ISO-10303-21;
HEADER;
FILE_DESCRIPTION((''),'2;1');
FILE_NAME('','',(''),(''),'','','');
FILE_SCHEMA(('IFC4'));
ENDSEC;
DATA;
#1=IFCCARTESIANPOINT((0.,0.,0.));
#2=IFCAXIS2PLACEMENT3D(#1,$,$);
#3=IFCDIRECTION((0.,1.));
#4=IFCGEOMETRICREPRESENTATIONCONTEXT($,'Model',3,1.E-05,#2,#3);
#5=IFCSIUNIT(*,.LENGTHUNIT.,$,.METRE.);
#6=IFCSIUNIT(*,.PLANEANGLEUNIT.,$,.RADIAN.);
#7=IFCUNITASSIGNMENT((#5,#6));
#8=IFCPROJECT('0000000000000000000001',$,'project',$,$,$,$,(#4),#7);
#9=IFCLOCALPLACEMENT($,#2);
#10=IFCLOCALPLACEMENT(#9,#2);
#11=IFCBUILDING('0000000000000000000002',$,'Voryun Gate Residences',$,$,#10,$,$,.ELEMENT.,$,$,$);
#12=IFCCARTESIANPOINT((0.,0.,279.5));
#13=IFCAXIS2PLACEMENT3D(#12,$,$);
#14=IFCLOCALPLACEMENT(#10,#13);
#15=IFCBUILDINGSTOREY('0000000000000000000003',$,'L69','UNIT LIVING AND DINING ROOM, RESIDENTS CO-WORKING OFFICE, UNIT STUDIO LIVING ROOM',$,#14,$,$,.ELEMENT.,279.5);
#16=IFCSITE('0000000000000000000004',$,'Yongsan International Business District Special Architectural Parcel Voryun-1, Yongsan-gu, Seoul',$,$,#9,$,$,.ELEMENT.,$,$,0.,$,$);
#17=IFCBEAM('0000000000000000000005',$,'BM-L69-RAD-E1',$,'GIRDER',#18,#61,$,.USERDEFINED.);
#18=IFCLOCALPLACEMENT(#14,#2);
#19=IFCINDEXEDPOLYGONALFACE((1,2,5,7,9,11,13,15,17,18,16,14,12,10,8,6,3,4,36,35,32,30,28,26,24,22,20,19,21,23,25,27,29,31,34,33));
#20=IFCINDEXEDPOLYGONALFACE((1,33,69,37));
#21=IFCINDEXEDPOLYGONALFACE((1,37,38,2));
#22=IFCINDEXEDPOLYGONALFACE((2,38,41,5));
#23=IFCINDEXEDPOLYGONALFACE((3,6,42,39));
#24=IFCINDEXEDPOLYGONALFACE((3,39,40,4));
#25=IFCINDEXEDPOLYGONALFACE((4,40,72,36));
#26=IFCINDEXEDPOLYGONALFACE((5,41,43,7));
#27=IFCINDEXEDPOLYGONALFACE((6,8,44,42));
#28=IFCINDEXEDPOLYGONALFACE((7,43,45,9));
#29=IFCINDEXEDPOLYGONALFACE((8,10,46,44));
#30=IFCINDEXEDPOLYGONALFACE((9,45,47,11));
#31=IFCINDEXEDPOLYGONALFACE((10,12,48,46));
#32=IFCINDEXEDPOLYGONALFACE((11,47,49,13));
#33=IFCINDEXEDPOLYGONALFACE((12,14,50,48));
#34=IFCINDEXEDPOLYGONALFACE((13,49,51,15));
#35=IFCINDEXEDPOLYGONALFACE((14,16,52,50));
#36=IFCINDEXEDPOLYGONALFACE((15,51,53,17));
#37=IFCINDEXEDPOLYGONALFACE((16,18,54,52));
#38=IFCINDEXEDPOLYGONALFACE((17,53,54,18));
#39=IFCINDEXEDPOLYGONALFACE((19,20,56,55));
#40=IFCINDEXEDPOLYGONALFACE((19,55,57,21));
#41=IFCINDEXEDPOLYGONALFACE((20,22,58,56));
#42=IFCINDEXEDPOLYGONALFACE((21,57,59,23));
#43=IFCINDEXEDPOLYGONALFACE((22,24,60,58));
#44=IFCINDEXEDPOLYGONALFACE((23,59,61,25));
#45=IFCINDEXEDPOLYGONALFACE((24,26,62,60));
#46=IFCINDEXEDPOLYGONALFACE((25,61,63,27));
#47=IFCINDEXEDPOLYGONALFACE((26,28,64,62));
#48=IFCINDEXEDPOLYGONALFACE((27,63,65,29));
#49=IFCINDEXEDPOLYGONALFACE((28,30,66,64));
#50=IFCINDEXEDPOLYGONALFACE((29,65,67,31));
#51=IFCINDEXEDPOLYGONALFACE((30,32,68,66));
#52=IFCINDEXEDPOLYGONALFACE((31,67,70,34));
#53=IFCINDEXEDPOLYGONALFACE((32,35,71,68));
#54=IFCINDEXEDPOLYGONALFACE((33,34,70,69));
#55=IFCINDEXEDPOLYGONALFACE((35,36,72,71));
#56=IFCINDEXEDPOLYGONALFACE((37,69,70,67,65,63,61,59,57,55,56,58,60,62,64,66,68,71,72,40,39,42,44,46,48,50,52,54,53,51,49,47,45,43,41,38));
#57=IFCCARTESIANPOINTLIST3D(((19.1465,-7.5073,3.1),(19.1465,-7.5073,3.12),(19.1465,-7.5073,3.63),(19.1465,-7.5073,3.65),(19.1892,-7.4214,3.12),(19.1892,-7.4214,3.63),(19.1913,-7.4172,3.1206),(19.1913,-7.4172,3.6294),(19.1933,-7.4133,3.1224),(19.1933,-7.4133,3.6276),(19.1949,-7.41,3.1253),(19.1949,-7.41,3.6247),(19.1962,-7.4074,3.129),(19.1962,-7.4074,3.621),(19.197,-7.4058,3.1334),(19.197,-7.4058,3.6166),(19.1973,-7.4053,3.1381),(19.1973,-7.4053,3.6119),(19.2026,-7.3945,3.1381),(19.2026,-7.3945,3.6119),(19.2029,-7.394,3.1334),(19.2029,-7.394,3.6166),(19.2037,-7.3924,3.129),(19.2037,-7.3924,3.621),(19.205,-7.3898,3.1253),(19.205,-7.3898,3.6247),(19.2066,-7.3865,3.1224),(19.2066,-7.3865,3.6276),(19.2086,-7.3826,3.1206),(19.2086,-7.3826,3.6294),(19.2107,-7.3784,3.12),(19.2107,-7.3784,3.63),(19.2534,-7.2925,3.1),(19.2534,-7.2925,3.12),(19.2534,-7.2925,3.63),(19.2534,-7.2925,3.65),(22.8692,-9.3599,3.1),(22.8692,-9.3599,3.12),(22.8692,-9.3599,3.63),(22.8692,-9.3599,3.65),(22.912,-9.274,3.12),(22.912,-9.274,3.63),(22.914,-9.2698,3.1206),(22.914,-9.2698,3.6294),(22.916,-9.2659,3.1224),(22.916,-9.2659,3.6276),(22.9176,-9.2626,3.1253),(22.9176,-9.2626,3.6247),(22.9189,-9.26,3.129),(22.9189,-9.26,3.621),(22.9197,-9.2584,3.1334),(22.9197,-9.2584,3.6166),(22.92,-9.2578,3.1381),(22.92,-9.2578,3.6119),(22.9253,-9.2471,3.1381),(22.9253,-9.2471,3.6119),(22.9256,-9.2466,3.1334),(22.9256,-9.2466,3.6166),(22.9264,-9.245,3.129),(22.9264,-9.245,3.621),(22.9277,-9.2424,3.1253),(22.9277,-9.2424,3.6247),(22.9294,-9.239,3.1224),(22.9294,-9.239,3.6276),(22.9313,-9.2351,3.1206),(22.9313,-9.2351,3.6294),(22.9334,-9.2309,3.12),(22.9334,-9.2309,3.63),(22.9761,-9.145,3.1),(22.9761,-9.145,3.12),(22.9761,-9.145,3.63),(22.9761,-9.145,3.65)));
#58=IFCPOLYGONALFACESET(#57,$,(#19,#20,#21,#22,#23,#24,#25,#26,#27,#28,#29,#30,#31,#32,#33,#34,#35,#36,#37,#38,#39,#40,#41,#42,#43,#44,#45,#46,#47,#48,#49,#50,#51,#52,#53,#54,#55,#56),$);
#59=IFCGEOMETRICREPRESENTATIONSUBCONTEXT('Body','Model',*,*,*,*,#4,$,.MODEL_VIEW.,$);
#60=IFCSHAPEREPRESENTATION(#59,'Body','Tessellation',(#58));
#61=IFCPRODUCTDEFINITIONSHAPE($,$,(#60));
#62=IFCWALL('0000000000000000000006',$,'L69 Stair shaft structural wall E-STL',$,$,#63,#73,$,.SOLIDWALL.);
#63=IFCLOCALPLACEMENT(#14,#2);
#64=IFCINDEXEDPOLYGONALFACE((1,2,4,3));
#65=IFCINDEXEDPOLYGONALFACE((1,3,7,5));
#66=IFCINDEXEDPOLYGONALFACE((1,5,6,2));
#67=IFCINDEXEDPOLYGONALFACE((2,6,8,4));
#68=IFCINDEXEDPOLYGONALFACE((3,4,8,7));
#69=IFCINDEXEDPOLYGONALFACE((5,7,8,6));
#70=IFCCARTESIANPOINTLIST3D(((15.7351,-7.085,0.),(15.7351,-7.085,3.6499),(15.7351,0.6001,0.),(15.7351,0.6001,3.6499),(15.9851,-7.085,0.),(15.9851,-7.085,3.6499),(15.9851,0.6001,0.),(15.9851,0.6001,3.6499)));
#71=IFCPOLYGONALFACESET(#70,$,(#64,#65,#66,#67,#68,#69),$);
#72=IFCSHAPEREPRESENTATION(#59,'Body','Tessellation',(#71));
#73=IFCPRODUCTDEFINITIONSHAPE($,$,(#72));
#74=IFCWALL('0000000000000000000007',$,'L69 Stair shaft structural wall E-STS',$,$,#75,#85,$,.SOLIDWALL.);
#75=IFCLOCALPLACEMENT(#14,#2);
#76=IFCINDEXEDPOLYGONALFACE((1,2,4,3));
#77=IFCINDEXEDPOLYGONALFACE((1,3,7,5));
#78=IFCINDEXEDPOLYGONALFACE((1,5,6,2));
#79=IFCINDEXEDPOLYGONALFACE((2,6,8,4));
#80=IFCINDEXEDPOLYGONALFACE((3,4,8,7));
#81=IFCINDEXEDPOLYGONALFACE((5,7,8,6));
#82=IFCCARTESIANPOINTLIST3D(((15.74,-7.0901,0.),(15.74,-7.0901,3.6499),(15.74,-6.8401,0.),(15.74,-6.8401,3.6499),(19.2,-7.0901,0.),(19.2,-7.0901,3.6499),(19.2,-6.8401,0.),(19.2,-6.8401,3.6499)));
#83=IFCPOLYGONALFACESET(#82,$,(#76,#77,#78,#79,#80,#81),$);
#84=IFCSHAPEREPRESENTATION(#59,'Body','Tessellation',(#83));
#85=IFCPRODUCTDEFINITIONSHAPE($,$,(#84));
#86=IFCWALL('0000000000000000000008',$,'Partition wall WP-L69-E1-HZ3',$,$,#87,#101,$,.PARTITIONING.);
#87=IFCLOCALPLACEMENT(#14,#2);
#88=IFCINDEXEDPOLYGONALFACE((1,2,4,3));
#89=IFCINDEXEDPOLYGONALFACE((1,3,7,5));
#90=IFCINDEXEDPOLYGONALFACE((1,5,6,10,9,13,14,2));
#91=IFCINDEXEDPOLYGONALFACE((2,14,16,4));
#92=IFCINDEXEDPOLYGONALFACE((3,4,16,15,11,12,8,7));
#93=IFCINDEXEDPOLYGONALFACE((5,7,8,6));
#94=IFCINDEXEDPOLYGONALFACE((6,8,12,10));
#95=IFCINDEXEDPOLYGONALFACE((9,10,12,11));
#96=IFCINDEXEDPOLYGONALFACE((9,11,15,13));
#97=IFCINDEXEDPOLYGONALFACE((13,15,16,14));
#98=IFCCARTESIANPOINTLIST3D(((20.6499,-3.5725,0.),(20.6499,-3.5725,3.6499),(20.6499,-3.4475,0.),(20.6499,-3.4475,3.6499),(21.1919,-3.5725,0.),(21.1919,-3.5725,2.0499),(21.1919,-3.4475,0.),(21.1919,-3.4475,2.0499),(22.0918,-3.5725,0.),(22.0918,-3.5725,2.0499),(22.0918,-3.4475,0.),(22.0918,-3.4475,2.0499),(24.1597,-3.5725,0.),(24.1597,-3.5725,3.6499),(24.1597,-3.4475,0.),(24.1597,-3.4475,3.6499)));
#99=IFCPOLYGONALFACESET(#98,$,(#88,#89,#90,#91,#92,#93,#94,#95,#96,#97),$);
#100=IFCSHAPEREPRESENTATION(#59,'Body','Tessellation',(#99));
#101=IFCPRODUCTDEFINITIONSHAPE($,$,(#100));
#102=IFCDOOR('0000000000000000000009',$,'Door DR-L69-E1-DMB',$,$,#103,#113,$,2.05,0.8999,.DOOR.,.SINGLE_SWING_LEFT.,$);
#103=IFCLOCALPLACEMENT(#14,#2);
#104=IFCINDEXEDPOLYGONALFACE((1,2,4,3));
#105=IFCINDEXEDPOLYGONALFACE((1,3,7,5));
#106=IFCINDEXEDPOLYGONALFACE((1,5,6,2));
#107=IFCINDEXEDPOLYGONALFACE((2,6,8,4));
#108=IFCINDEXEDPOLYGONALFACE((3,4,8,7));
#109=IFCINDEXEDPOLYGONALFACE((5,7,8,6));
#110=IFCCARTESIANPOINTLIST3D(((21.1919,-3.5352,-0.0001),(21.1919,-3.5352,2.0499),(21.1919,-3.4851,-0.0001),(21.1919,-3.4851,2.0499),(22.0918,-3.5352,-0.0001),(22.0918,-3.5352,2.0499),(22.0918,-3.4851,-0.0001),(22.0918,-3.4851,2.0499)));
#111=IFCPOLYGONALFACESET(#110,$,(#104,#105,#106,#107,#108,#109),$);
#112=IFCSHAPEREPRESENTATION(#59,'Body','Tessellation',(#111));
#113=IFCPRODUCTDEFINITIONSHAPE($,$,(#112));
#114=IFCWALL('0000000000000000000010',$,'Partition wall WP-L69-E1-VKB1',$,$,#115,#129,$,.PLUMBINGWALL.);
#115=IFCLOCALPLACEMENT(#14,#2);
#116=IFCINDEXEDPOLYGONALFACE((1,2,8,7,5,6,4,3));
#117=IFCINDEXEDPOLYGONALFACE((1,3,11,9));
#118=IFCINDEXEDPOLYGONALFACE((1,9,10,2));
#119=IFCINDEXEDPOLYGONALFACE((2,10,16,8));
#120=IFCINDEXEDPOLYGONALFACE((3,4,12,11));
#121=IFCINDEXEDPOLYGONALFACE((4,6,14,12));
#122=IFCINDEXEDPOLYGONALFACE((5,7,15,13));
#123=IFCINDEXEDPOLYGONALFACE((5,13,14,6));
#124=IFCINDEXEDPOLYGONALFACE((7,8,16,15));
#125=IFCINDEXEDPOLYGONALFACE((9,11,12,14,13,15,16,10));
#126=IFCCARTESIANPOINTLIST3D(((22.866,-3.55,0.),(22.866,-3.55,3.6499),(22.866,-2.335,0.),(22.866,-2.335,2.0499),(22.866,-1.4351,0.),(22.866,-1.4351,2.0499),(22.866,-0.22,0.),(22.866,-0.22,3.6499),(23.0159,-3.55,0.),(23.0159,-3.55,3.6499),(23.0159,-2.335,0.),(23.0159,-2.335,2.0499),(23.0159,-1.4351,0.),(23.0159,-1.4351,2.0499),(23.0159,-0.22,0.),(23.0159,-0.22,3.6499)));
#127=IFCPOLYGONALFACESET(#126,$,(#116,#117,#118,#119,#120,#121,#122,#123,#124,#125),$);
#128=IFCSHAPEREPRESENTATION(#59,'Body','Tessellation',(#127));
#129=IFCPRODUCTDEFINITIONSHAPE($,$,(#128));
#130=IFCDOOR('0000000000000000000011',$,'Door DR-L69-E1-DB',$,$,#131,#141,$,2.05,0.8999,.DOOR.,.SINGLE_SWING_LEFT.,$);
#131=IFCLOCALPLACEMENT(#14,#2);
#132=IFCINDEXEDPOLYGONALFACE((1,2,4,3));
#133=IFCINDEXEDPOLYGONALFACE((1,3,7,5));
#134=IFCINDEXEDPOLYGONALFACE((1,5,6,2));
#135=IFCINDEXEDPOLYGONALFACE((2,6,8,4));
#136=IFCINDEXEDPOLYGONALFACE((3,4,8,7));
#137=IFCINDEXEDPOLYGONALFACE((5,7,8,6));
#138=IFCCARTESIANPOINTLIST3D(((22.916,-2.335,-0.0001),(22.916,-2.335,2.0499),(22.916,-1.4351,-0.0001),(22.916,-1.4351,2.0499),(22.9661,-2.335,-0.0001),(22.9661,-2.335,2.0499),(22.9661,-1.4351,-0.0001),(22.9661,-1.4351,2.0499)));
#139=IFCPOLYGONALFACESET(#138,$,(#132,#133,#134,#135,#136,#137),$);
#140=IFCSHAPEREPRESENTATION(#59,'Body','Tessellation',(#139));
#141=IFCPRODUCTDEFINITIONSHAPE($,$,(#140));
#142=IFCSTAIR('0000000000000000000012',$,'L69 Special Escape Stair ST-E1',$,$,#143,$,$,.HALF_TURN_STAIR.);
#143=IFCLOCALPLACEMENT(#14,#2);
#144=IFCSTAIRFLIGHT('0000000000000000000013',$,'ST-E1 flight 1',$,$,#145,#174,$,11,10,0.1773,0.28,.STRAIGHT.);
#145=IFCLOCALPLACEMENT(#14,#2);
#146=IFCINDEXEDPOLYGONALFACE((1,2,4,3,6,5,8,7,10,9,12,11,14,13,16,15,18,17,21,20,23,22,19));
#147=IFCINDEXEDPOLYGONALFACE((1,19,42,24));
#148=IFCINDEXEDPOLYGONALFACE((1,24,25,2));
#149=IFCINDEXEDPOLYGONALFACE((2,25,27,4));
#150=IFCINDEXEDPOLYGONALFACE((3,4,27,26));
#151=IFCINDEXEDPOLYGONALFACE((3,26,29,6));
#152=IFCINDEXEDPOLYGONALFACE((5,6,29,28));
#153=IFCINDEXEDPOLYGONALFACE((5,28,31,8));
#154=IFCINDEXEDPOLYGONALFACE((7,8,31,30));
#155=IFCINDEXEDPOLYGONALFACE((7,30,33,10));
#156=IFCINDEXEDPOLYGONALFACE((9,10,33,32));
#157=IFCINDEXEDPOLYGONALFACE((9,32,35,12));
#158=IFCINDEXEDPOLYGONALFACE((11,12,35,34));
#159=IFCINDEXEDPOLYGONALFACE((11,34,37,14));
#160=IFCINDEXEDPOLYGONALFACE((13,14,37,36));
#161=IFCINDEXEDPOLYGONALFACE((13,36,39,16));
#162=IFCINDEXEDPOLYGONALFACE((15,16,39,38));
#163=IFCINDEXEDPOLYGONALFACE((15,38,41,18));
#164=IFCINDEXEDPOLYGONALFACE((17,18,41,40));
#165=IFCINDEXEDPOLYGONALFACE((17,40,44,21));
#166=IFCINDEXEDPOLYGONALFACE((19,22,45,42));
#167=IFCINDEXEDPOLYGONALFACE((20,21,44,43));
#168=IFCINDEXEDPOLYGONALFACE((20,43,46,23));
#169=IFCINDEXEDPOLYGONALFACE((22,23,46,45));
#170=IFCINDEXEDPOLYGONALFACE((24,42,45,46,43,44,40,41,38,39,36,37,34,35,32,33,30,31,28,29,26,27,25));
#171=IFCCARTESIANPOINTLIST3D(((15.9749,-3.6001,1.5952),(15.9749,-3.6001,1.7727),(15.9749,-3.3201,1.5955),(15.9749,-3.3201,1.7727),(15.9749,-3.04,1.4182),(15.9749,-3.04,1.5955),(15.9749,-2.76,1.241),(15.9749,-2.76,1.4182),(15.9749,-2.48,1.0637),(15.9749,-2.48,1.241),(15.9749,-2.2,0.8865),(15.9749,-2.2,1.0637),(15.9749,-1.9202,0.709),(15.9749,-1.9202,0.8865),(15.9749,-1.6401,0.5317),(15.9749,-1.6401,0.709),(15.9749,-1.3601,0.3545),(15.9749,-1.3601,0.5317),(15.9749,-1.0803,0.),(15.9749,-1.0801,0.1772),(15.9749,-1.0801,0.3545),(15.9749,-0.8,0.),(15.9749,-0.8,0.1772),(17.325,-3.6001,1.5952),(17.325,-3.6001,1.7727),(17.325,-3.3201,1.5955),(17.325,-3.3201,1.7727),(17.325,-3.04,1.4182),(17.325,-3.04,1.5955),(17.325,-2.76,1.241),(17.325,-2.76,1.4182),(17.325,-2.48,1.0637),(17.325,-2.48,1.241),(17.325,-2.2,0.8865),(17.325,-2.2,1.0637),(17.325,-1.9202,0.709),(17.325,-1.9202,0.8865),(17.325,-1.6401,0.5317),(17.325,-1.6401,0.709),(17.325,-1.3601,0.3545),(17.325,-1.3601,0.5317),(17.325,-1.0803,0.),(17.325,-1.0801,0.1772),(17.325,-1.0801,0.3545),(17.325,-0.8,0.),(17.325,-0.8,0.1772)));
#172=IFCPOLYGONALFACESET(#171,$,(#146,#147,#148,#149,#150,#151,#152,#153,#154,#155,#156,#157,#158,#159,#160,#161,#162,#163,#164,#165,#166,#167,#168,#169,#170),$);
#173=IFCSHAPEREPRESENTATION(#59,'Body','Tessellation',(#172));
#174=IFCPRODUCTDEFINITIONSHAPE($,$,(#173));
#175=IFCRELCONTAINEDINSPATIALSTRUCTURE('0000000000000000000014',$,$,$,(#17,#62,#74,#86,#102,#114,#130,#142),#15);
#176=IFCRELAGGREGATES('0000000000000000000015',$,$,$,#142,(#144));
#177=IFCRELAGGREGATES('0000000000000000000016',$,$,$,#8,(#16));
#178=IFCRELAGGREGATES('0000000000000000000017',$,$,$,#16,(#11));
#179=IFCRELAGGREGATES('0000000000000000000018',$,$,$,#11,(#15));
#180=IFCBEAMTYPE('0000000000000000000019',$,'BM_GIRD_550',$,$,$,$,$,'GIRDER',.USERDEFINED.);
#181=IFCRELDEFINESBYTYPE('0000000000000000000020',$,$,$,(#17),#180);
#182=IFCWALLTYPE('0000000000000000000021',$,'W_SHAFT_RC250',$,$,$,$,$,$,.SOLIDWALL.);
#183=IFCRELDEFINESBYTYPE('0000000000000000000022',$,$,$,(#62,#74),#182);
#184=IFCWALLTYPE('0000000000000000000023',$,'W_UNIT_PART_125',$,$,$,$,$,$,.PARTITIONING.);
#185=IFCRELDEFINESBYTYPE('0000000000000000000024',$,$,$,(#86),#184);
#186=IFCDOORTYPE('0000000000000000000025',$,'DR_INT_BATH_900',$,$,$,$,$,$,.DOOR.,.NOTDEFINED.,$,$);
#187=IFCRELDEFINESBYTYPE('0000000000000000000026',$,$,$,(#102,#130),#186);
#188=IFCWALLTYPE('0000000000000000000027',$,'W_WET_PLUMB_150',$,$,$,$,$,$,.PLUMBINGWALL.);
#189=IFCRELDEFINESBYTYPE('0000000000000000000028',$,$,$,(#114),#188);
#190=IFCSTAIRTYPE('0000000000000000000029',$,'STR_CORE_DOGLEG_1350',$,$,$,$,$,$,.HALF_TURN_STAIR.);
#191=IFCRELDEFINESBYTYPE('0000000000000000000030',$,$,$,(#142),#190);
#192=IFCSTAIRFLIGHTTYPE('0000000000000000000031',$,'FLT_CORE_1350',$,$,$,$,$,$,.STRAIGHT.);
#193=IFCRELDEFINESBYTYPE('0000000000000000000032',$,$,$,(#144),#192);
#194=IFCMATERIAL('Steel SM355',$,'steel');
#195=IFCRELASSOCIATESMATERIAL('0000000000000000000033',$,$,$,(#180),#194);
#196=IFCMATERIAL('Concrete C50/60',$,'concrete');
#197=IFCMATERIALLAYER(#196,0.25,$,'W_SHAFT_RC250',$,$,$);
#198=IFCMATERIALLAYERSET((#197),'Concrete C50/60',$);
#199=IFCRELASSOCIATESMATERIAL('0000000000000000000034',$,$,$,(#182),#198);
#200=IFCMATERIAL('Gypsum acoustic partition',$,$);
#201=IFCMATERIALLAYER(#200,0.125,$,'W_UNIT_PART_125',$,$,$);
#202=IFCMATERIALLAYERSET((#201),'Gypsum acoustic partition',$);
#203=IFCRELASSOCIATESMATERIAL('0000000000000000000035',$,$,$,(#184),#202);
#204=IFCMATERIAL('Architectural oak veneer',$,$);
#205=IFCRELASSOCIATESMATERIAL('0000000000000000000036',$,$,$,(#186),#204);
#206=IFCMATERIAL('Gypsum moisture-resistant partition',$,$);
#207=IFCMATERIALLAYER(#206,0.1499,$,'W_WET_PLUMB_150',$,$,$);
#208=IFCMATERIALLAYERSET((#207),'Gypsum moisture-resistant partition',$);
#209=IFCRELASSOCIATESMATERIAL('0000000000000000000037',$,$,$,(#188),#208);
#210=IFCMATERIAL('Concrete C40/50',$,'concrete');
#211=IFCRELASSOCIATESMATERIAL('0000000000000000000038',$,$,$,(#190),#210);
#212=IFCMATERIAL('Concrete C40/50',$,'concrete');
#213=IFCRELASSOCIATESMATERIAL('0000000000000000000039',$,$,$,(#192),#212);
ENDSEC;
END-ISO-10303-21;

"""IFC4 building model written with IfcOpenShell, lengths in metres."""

from ifc_helpers import new_model, si_unit, direction, frame, frame_2d, origin, origin_2d, place, context, subcontext, project, spatial, polyline, rectangle, i_section, outline, extrude, material, layer, layer_set, material_profile, profile_set, type_object, element, fill, aggregate, save


model = new_model("IFC4")

# Units and contexts
model_context = context("Model", 3, precision=1e-05, world=origin(), true_north=direction((0.0, 1.0)))
body_context = subcontext(model_context, "Body", "Model", "MODEL_VIEW")
ifc_project = project(units=[si_unit("LENGTHUNIT", "METRE"), si_unit("PLANEANGLEUNIT", "RADIAN")], contexts=[model_context])

# Site, building, storey
site_placement = place(None, origin())
site = spatial("IfcSite", under=ifc_project, at=site_placement, Name="Yongsan International Business District Special Architectural Parcel Voryun-1, Yongsan-gu, Seoul", CompositionType="ELEMENT", RefElevation=0.0)
building_placement = place(site_placement, origin())
building = spatial("IfcBuilding", under=site, at=building_placement, Name="Voryun Gate Residences", CompositionType="ELEMENT")
storey_placement = place(building_placement, frame((0.0, 0.0, 279.5)))
storey = spatial("IfcBuildingStorey", under=building, at=storey_placement, Name="L69", Description="UNIT LIVING AND DINING ROOM, RESIDENTS CO-WORKING OFFICE, UNIT STUDIO LIVING ROOM", CompositionType="ELEMENT", Elevation=279.5)

# Beam
ifc_material_1 = material(Name="Steel SM355", Category="steel")
ifc_material_profile = material_profile(ifc_material_1, i_section(OverallWidth=0.24, OverallDepth=0.55, WebThickness=0.012, FlangeThickness=0.02, FilletRadius=0.0181, at=origin_2d()), Name="H-550x240x12x20")
ifc_profile_set = profile_set([ifc_material_profile], Name="Steel SM355")
beam_type = type_object("IfcBeamType", Name="BM_GIRD_550", ElementType="GIRDER", PredefinedType="USERDEFINED", material=ifc_profile_set)
beam_placement = place(storey_placement, frame((19.2, -7.3999, 3.375), z_axis=(0.895271, -0.445522, 0.0), x_axis=(0.445522, 0.895271, 0.0)))
element("IfcBeam", 1, at=beam_placement, inside=storey, type_object=beam_type, Name="BM-L69-RAD-E1", ObjectType="GIRDER", PredefinedType="USERDEFINED", context=body_context, shape_type="SweptSolid", body=[
    extrude(i_section(OverallWidth=0.24, OverallDepth=0.55, WebThickness=0.012, FlangeThickness=0.02, FilletRadius=0.0181, at=origin_2d()), origin(), (0.0, 0.0, 1.0), 4.1582),
])

# Walls
ifc_material_2 = material(Name="Concrete C50/60", Category="concrete")
ifc_layer_1 = layer(ifc_material_2, 0.25, Name="W_SHAFT_RC250")
ifc_layer_set_1 = layer_set([ifc_layer_1], Name="Concrete C50/60")
wall_type_1 = type_object("IfcWallType", Name="W_SHAFT_RC250", PredefinedType="SOLIDWALL", material=ifc_layer_set_1)
wall_1_placement = place(storey_placement, frame((15.8601, -7.085, 0.0), z_axis=(0.0, 0.0, 1.0), x_axis=(0.0, 1.0, 0.0)))
element("IfcWall", 2, at=wall_1_placement, inside=storey, type_object=wall_type_1, Name="L69 Stair shaft structural wall E-STL", PredefinedType="SOLIDWALL", context=body_context, shape_type="SweptSolid", body=[
    extrude(rectangle(XDim=7.6851, YDim=0.25, at=frame_2d((3.8425, 0.0))), origin(), (0.0, 0.0, 1.0), 3.6499),
])
wall_2_placement = place(storey_placement, frame((15.74, -6.9651, 0.0), z_axis=(0.0, 0.0, 1.0), x_axis=(1.0, 0.0, 0.0)))
element("IfcWall", 3, at=wall_2_placement, inside=storey, type_object=wall_type_1, Name="L69 Stair shaft structural wall E-STS", PredefinedType="SOLIDWALL", context=body_context, shape_type="SweptSolid", body=[
    extrude(rectangle(XDim=3.46, YDim=0.25, at=frame_2d((1.73, 0.0))), origin(), (0.0, 0.0, 1.0), 3.6499),
])

# Walls, openings, doors
ifc_material_3 = material(Name="Gypsum acoustic partition")
ifc_layer_2 = layer(ifc_material_3, 0.125, Name="W_UNIT_PART_125")
ifc_layer_set_2 = layer_set([ifc_layer_2], Name="Gypsum acoustic partition")
wall_type_2 = type_object("IfcWallType", Name="W_UNIT_PART_125", PredefinedType="PARTITIONING", material=ifc_layer_set_2)
wall_3_placement = place(storey_placement, frame((20.6499, -3.51, 0.0), z_axis=(0.0, 0.0, 1.0), x_axis=(1.0, 0.0, 0.0)))
wall_3 = element("IfcWall", 4, at=wall_3_placement, inside=storey, type_object=wall_type_2, Name="Partition wall WP-L69-E1-HZ3", PredefinedType="PARTITIONING", context=body_context, shape_type="SweptSolid", body=[
    extrude(rectangle(XDim=3.5098, YDim=0.125, at=frame_2d((1.7549, 0.0))), origin(), (0.0, 0.0, 1.0), 3.6499),
])
opening_1_placement = place(wall_3_placement, frame((0.542, 0.0, 0.0)))
opening_1 = element("IfcOpeningElement", 5, at=opening_1_placement, cuts=wall_3, PredefinedType="OPENING", context=body_context, shape_type="SweptSolid", body=[
    extrude(rectangle(XDim=0.8999, YDim=2.05, at=frame_2d((0.45, 1.0249))), frame((0.0, 0.0725, 0.0), z_axis=(0.0, -1.0, 0.0), x_axis=(1.0, 0.0, 0.0)), (0.0, 0.0, 1.0), 0.145),
])
ifc_material_4 = material(Name="Architectural oak veneer")
door_type = type_object("IfcDoorType", Name="DR_INT_BATH_900", OperationType="NOTDEFINED", PredefinedType="DOOR", material=ifc_material_4)
door_1_placement = place(opening_1_placement, origin())
door_1 = element("IfcDoor", 6, at=door_1_placement, inside=storey, type_object=door_type, Name="Door DR-L69-E1-DMB", OperationType="SINGLE_SWING_LEFT", OverallHeight=2.05, OverallWidth=0.8999, PredefinedType="DOOR", context=body_context, shape_type="SweptSolid", body=[
    extrude(rectangle(XDim=0.8999, YDim=2.05, at=frame_2d((0.45, 1.0249))), frame((0.0, 0.0249, 0.0), z_axis=(0.0, -1.0, 0.0), x_axis=(1.0, 0.0, 0.0)), (0.0, 0.0, 1.0), 0.05),
])
fill(opening_1, door_1)
ifc_material_5 = material(Name="Gypsum moisture-resistant partition")
ifc_layer_3 = layer(ifc_material_5, 0.1499, Name="W_WET_PLUMB_150")
ifc_layer_set_3 = layer_set([ifc_layer_3], Name="Gypsum moisture-resistant partition")
wall_type_3 = type_object("IfcWallType", Name="W_WET_PLUMB_150", PredefinedType="PLUMBINGWALL", material=ifc_layer_set_3)
wall_4_placement = place(storey_placement, frame((22.9409, -3.55, 0.0), z_axis=(0.0, 0.0, 1.0), x_axis=(0.0, 1.0, 0.0)))
wall_4 = element("IfcWall", 7, at=wall_4_placement, inside=storey, type_object=wall_type_3, Name="Partition wall WP-L69-E1-VKB1", PredefinedType="PLUMBINGWALL", context=body_context, shape_type="SweptSolid", body=[
    extrude(rectangle(XDim=3.3301, YDim=0.1499, at=frame_2d((1.665, 0.0))), origin(), (0.0, 0.0, 1.0), 3.6499),
])
opening_2_placement = place(wall_4_placement, frame((1.2151, 0.0, 0.0)))
opening_2 = element("IfcOpeningElement", 8, at=opening_2_placement, cuts=wall_4, PredefinedType="OPENING", context=body_context, shape_type="SweptSolid", body=[
    extrude(rectangle(XDim=0.8999, YDim=2.05, at=frame_2d((0.45, 1.0249))), frame((0.0, 0.085, 0.0), z_axis=(0.0, -1.0, 0.0), x_axis=(1.0, 0.0, 0.0)), (0.0, 0.0, 1.0), 0.1699),
])
door_2_placement = place(opening_2_placement, origin())
door_2 = element("IfcDoor", 9, at=door_2_placement, inside=storey, type_object=door_type, Name="Door DR-L69-E1-DB", OperationType="SINGLE_SWING_LEFT", OverallHeight=2.05, OverallWidth=0.8999, PredefinedType="DOOR", context=body_context, shape_type="SweptSolid", body=[
    extrude(rectangle(XDim=0.8999, YDim=2.05, at=frame_2d((0.45, 1.0249))), frame((0.0, 0.0249, 0.0), z_axis=(0.0, -1.0, 0.0), x_axis=(1.0, 0.0, 0.0)), (0.0, 0.0, 1.0), 0.05),
])
fill(opening_2, door_2)

# Stair, stair flight
ifc_material_6 = material(Name="Concrete C40/50", Category="concrete")
stair_type = type_object("IfcStairType", Name="STR_CORE_DOGLEG_1350", PredefinedType="HALF_TURN_STAIR", material=ifc_material_6)
stair_placement = place(storey_placement, origin())
stair = element("IfcStair", 10, at=stair_placement, inside=storey, type_object=stair_type, Name="L69 Special Escape Stair ST-E1", PredefinedType="HALF_TURN_STAIR")
ifc_material_7 = material(Name="Concrete C40/50", Category="concrete")
stair_flight_type = type_object("IfcStairFlightType", Name="FLT_CORE_1350", PredefinedType="STRAIGHT", material=ifc_material_7)
stair_flight_1_placement = place(storey_placement, frame((16.6499, -0.8, 0.0), z_axis=(0.0, 0.0, 1.0), x_axis=(0.0, -1.0, 0.0)))
stair_flight_1 = element("IfcStairFlight", 11, at=stair_flight_1_placement, type_object=stair_flight_type, Name="ST-E1 flight 1", NumberOfRisers=11, NumberOfTreads=10, PredefinedType="STRAIGHT", RiserHeight=0.1773, TreadLength=0.28, context=body_context, shape_type="SweptSolid", body=[
    extrude(outline(polyline([(0.0, 0.0), (0.0, 0.1772), (0.28, 0.1772), (0.28, 0.3545), (0.5601, 0.3545), (0.5601, 0.5317), (0.8401, 0.5317), (0.8401, 0.709), (1.1201, 0.709), (1.1201, 0.8865), (1.3999, 0.8865), (1.3999, 1.0637), (1.6799, 1.0637), (1.6799, 1.241), (1.96, 1.241), (1.96, 1.4182), (2.24, 1.4182), (2.24, 1.5955), (2.52, 1.5955), (2.52, 1.7727), (2.8, 1.7727), (2.8, 1.95), (2.8, 1.5952), (0.2803, 0.0), (0.0, 0.0)])), frame((0.0, 0.675, 0.0), z_axis=(0.0, -1.0, 0.0), x_axis=(1.0, 0.0, 0.0)), (0.0, 0.0, 1.0), 1.3501),
])
aggregate(stair, [stair_flight_1])

save(model, "model.ifc")
